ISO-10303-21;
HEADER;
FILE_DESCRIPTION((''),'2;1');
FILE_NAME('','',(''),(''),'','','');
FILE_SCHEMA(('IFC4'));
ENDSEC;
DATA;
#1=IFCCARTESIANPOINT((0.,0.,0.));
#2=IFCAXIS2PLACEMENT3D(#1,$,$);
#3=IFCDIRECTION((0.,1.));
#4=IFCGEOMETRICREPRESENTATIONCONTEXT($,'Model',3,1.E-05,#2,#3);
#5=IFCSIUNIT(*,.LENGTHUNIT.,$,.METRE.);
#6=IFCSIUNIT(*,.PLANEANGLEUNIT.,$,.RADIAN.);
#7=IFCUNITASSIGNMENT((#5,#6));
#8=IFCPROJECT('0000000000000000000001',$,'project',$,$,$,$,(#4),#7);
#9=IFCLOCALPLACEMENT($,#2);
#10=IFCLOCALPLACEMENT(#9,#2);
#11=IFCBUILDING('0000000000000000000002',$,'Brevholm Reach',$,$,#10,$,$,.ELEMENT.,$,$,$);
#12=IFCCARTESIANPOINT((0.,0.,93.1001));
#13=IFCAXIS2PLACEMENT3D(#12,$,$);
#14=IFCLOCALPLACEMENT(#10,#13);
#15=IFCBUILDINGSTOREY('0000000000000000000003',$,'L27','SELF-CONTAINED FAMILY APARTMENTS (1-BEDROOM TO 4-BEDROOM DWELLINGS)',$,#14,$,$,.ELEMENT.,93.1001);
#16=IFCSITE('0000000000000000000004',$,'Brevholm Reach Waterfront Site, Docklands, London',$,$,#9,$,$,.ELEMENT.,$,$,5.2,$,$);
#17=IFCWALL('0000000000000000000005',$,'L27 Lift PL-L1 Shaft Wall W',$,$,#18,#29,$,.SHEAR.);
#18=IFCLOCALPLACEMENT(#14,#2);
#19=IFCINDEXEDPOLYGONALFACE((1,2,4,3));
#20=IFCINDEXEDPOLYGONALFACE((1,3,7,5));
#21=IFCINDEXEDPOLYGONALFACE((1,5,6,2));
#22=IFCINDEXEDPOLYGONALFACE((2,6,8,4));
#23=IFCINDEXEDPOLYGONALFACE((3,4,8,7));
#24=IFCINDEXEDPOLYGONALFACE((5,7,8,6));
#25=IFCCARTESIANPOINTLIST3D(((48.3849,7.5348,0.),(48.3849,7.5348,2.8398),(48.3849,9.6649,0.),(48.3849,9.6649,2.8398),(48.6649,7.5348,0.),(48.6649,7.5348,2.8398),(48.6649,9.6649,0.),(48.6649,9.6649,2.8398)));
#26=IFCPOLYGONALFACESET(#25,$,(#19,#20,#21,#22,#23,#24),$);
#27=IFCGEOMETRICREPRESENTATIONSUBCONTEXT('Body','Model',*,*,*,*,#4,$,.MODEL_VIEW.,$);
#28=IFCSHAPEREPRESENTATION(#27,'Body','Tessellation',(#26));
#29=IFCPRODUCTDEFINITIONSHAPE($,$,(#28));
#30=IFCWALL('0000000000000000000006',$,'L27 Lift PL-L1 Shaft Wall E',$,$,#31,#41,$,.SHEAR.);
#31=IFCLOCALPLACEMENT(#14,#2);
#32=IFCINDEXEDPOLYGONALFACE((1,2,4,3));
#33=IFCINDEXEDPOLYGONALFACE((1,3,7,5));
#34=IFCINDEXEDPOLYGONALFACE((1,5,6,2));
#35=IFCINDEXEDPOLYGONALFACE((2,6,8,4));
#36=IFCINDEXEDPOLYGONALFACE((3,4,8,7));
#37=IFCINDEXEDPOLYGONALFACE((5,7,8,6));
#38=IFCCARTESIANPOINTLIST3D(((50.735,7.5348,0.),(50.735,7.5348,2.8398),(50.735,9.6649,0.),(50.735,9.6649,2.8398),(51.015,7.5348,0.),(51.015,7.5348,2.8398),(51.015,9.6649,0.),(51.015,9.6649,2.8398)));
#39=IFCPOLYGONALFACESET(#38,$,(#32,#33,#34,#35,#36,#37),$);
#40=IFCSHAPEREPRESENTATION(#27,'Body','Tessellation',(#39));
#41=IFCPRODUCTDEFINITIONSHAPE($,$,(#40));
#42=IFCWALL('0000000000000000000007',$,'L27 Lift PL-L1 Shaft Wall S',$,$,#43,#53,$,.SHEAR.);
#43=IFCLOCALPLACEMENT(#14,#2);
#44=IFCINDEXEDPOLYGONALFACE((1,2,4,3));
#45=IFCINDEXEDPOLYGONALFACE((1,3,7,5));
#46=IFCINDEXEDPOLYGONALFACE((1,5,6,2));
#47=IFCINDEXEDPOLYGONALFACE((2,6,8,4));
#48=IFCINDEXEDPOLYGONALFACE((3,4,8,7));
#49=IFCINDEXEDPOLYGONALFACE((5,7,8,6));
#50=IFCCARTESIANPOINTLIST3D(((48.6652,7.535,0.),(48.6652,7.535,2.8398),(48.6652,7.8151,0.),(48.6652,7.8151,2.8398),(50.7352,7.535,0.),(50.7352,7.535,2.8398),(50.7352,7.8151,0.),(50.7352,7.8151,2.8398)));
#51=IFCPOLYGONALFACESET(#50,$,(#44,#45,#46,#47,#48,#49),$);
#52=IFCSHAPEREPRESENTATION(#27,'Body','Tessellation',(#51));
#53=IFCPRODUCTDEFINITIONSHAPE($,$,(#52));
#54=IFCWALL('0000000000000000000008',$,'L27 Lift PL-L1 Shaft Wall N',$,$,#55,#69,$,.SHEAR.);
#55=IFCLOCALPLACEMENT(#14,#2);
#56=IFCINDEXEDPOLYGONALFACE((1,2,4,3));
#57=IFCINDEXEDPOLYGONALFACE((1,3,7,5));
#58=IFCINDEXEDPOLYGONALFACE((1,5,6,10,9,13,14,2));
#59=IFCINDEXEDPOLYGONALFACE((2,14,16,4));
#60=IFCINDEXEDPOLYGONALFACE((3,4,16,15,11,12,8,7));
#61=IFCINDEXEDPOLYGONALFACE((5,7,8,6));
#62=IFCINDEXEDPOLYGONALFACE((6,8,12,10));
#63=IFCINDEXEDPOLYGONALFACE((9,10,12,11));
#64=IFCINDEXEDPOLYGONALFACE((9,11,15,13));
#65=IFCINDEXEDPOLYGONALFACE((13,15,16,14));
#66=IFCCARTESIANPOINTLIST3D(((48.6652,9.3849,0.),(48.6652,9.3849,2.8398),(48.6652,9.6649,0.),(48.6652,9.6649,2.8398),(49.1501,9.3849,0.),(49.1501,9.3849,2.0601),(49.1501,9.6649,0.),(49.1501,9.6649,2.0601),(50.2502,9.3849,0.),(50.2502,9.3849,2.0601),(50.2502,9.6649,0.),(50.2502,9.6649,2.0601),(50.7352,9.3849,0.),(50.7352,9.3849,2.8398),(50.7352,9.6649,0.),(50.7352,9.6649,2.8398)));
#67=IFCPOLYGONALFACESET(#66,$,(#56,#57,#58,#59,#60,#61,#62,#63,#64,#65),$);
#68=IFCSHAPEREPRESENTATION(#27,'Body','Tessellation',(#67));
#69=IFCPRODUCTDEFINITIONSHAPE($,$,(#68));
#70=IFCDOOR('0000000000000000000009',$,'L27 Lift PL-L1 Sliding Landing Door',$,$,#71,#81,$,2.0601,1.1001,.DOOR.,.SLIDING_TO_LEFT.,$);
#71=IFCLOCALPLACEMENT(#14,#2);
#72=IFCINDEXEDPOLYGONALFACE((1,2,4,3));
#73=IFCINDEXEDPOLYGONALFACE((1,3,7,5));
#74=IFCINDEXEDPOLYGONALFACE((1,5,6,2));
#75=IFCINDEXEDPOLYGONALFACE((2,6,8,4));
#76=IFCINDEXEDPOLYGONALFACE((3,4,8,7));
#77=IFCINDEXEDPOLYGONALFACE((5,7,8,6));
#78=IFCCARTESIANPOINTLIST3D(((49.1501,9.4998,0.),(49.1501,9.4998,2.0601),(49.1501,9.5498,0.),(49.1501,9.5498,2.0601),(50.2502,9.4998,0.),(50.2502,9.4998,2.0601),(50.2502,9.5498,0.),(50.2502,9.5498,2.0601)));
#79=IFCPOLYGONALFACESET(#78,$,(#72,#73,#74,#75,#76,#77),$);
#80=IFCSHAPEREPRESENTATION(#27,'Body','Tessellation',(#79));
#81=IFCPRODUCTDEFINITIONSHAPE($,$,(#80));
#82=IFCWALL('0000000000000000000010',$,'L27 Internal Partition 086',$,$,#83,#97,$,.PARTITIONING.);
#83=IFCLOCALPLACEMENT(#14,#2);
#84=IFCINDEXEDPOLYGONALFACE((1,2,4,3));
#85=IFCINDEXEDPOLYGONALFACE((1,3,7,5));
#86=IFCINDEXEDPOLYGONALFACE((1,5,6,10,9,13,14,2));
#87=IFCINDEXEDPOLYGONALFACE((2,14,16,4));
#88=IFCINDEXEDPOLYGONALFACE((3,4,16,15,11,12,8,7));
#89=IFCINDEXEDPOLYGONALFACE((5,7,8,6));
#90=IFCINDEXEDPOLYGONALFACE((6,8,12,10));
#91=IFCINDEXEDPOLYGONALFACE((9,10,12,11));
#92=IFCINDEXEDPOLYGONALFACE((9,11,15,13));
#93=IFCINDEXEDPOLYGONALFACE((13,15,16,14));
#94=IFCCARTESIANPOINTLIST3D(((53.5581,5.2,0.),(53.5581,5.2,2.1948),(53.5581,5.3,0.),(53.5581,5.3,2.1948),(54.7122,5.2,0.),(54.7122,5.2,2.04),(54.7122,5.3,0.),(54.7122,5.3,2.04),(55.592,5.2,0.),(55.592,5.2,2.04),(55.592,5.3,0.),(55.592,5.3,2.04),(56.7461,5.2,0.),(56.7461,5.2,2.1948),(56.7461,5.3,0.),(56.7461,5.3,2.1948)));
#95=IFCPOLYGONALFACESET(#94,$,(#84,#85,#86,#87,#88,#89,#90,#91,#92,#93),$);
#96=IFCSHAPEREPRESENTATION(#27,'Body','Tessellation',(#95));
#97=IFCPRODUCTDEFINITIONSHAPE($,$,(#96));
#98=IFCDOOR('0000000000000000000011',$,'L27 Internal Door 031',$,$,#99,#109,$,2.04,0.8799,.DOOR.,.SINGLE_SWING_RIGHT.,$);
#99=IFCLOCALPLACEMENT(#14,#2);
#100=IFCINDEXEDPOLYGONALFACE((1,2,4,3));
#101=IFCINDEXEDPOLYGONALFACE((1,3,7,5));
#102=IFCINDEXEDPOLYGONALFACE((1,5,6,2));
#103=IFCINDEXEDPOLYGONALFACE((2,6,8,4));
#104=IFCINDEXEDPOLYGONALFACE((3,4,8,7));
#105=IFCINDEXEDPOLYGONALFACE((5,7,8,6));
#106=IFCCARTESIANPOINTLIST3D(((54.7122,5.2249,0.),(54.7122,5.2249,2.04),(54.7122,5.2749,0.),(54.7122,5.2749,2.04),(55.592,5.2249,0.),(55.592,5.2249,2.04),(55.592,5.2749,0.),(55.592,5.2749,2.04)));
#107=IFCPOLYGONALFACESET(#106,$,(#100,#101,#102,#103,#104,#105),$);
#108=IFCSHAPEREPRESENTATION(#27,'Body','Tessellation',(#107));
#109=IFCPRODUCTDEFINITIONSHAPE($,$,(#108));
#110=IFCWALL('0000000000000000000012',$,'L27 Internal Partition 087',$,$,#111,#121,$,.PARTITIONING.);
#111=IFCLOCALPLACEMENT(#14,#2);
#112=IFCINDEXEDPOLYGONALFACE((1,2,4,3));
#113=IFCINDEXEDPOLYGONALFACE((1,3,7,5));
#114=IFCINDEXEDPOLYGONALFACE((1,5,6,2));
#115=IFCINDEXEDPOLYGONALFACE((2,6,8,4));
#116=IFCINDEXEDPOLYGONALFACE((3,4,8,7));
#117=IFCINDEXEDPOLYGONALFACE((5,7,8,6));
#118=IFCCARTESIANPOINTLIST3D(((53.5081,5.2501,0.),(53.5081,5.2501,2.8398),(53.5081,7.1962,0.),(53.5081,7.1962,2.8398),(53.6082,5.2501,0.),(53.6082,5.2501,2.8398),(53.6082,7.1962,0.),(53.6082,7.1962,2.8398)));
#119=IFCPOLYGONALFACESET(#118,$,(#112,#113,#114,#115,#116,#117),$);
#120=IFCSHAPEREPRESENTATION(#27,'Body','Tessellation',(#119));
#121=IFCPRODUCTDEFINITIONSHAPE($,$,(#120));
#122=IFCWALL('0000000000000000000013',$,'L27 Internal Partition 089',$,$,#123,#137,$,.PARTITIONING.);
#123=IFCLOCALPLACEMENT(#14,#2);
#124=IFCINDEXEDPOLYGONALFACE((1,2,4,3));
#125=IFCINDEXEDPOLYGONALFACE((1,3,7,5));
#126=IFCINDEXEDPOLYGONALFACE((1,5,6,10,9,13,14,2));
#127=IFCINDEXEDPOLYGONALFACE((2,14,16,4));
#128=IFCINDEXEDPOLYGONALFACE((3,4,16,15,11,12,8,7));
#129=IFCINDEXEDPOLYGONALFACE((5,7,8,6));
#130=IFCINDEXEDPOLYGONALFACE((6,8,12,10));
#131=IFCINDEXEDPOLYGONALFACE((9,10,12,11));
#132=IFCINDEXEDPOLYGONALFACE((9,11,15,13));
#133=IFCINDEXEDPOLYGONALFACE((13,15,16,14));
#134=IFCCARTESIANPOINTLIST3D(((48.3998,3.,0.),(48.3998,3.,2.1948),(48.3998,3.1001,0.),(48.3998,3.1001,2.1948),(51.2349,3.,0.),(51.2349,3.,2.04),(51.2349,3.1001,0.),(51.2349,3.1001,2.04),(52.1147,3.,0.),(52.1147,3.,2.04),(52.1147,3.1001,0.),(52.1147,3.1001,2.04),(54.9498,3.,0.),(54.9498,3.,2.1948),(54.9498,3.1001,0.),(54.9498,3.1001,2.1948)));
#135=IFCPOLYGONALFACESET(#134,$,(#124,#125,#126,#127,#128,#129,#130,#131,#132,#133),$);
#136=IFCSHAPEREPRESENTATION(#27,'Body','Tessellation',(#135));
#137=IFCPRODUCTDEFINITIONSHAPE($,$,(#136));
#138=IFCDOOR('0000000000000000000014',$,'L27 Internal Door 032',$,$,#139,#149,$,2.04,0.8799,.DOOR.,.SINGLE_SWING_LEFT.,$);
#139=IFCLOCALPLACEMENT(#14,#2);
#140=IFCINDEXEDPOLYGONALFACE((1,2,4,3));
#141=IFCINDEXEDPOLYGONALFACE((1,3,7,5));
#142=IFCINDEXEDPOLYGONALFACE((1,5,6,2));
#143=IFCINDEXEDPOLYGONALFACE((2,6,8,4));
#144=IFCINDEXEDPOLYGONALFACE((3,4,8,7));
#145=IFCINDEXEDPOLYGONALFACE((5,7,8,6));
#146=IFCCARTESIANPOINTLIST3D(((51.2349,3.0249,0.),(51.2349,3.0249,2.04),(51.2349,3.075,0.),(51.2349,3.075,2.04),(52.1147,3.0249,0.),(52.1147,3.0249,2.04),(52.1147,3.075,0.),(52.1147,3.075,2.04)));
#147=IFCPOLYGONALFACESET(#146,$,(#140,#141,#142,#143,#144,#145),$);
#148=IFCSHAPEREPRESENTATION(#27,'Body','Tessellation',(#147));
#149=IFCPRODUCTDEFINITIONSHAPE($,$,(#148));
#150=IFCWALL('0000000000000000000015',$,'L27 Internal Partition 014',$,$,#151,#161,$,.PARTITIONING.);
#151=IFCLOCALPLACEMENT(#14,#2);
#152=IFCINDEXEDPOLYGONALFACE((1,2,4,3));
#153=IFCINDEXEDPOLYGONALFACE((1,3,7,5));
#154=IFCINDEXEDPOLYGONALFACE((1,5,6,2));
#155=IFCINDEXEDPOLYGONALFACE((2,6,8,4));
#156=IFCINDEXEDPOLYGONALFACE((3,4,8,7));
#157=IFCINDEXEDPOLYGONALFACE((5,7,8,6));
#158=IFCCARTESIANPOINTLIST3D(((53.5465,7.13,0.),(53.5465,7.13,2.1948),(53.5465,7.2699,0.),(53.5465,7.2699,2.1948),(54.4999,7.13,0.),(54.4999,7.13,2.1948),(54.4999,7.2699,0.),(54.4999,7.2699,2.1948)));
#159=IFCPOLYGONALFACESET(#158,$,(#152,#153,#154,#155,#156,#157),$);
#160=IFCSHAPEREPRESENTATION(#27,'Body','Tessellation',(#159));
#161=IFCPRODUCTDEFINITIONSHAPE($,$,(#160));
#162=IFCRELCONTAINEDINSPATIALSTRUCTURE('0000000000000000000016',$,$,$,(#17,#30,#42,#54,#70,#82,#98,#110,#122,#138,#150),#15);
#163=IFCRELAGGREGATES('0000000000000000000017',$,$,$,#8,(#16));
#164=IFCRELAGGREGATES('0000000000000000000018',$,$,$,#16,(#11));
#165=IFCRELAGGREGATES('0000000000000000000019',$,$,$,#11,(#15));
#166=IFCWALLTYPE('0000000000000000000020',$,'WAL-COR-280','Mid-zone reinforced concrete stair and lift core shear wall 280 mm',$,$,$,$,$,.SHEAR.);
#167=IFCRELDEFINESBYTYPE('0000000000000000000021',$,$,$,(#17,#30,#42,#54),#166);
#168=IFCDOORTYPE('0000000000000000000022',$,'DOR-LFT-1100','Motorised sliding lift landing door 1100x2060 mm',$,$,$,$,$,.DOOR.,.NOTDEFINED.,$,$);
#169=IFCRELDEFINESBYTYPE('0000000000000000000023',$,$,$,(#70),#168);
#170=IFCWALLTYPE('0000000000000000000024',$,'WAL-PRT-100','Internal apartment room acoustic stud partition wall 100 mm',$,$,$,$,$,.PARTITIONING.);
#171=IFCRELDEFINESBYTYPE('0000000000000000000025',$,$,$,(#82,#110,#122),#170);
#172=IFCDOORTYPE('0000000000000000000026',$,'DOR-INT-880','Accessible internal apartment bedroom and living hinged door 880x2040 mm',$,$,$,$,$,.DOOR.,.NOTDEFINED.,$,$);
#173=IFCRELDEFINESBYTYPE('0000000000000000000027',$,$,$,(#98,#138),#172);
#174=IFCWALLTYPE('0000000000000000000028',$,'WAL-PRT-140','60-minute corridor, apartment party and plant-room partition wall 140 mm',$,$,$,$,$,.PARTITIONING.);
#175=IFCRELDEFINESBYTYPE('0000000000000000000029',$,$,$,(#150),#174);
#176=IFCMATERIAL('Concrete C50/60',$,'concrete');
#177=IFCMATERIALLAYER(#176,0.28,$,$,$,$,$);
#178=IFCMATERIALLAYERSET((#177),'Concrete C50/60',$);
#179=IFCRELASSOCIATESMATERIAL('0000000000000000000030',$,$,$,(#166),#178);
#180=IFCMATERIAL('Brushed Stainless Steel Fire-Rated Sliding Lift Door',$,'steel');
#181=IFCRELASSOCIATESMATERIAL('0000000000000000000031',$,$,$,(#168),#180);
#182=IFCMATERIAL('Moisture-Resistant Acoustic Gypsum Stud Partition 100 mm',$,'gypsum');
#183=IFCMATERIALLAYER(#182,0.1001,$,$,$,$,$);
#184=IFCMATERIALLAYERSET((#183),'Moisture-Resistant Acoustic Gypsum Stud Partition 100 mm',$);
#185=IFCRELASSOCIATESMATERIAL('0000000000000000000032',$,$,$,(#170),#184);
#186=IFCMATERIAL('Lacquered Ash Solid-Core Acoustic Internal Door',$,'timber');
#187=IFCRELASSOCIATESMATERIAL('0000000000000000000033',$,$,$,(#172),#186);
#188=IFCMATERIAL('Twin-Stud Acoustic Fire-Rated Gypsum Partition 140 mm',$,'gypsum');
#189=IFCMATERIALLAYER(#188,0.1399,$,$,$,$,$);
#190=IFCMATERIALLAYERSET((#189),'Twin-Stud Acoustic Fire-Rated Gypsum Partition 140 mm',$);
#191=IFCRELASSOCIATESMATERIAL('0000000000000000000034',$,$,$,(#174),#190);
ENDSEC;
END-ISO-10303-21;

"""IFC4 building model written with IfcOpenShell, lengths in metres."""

from ifc_helpers import new_model, si_unit, direction, frame, frame_2d, origin, place, context, subcontext, project, spatial, rectangle, extrude, material, layer, layer_set, type_object, element, fill, save


model = new_model("IFC4")

# Units and contexts
model_context = context("Model", 3, precision=1e-05, world=origin(), true_north=direction((0.0, 1.0)))
body_context = subcontext(model_context, "Body", "Model", "MODEL_VIEW")
ifc_project = project(units=[si_unit("LENGTHUNIT", "METRE"), si_unit("PLANEANGLEUNIT", "RADIAN")], contexts=[model_context])

# Site, building, storey
site_placement = place(None, origin())
site = spatial("IfcSite", under=ifc_project, at=site_placement, Name="Brevholm Reach Waterfront Site, Docklands, London", CompositionType="ELEMENT", RefElevation=5.2)
building_placement = place(site_placement, origin())
building = spatial("IfcBuilding", under=site, at=building_placement, Name="Brevholm Reach", CompositionType="ELEMENT")
storey_placement = place(building_placement, frame((0.0, 0.0, 93.1001)))
storey = spatial("IfcBuildingStorey", under=building, at=storey_placement, Name="L27", Description="SELF-CONTAINED FAMILY APARTMENTS (1-BEDROOM TO 4-BEDROOM DWELLINGS)", CompositionType="ELEMENT", Elevation=93.1001)

# Walls
ifc_material_1 = material(Name="Concrete C50/60", Category="concrete")
ifc_layer_1 = layer(ifc_material_1, 0.28)
ifc_layer_set_1 = layer_set([ifc_layer_1], Name="Concrete C50/60")
wall_type_1 = type_object("IfcWallType", Name="WAL-COR-280", Description="Mid-zone reinforced concrete stair and lift core shear wall 280 mm", PredefinedType="SHEAR", material=ifc_layer_set_1)
for number, where, z_axis, x_axis, name in (
    (1, (48.5249, 7.5349, 0.0), (0.0, 0.0, 1.0), (0.0, 1.0, 0.0), "L27 Lift PL-L1 Shaft Wall W"),
    (2, (50.875, 7.5349, 0.0), (0.0, 0.0, 1.0), (0.0, 1.0, 0.0), "L27 Lift PL-L1 Shaft Wall E"),
):
    element("IfcWall", number, at=place(storey_placement, frame(where, z_axis=z_axis, x_axis=x_axis)), inside=storey, type_object=wall_type_1, Name=name, PredefinedType="SHEAR", context=body_context, shape_type="SweptSolid", body=[
        extrude(rectangle(XDim=2.1301, YDim=0.28, at=frame_2d((1.0649, 0.0))), origin(), (0.0, 0.0, 1.0), 2.8398),
    ])
wall_1_placement = place(storey_placement, frame((48.665, 7.675, 0.0), z_axis=(0.0, 0.0, 1.0), x_axis=(1.0, 0.0, 0.0)))
element("IfcWall", 3, at=wall_1_placement, inside=storey, type_object=wall_type_1, Name="L27 Lift PL-L1 Shaft Wall S", PredefinedType="SHEAR", context=body_context, shape_type="SweptSolid", body=[
    extrude(rectangle(XDim=2.0701, YDim=0.28, at=frame_2d((1.0352, 0.0))), origin(), (0.0, 0.0, 1.0), 2.8398),
])

# Walls, openings, doors
wall_2_placement = place(storey_placement, frame((48.665, 9.5249, 0.0), z_axis=(0.0, 0.0, 1.0), x_axis=(1.0, 0.0, 0.0)))
wall_2 = element("IfcWall", 4, at=wall_2_placement, inside=storey, type_object=wall_type_1, Name="L27 Lift PL-L1 Shaft Wall N", PredefinedType="SHEAR", context=body_context, shape_type="SweptSolid", body=[
    extrude(rectangle(XDim=2.0701, YDim=0.28, at=frame_2d((1.0352, 0.0))), origin(), (0.0, 0.0, 1.0), 2.8398),
])
opening_1_placement = place(wall_2_placement, frame((0.4851, 0.0, 0.0)))
opening_1 = element("IfcOpeningElement", 5, at=opening_1_placement, cuts=wall_2, PredefinedType="OPENING", context=body_context, shape_type="SweptSolid", body=[
    extrude(rectangle(XDim=1.1001, YDim=2.0601, at=frame_2d((0.55, 1.03))), frame((0.0, 0.1499, 0.0), z_axis=(0.0, -1.0, 0.0), x_axis=(1.0, 0.0, 0.0)), (0.0, 0.0, 1.0), 0.3),
])
ifc_material_2 = material(Name="Brushed Stainless Steel Fire-Rated Sliding Lift Door", Category="steel")
door_type_1 = type_object("IfcDoorType", Name="DOR-LFT-1100", Description="Motorised sliding lift landing door 1100x2060 mm", OperationType="NOTDEFINED", PredefinedType="DOOR", material=ifc_material_2)
door_1_placement = place(opening_1_placement, origin())
door_1 = element("IfcDoor", 6, at=door_1_placement, inside=storey, type_object=door_type_1, Name="L27 Lift PL-L1 Sliding Landing Door", OperationType="SLIDING_TO_LEFT", OverallHeight=2.0601, OverallWidth=1.1001, PredefinedType="DOOR", context=body_context, shape_type="SweptSolid", body=[
    extrude(rectangle(XDim=1.1001, YDim=2.0601, at=frame_2d((0.55, 1.03))), frame((0.0, 0.0249, 0.0), z_axis=(0.0, -1.0, 0.0), x_axis=(1.0, 0.0, 0.0)), (0.0, 0.0, 1.0), 0.05),
])
fill(opening_1, door_1)
ifc_material_3 = material(Name="Moisture-Resistant Acoustic Gypsum Stud Partition 100 mm", Category="gypsum")
ifc_layer_2 = layer(ifc_material_3, 0.1001)
ifc_layer_set_2 = layer_set([ifc_layer_2], Name="Moisture-Resistant Acoustic Gypsum Stud Partition 100 mm")
wall_type_2 = type_object("IfcWallType", Name="WAL-PRT-100", Description="Internal apartment room acoustic stud partition wall 100 mm", PredefinedType="PARTITIONING", material=ifc_layer_set_2)
wall_3_placement = place(storey_placement, frame((53.5581, 5.25, 0.0), z_axis=(0.0, 0.0, 1.0), x_axis=(1.0, 0.0, 0.0)))
wall_3 = element("IfcWall", 7, at=wall_3_placement, inside=storey, type_object=wall_type_2, Name="L27 Internal Partition 086", PredefinedType="PARTITIONING", context=body_context, shape_type="SweptSolid", body=[
    extrude(rectangle(XDim=3.188, YDim=0.1001, at=frame_2d((1.594, 0.0))), origin(), (0.0, 0.0, 1.0), 2.1948),
])
opening_2_placement = place(wall_3_placement, frame((1.1541, 0.0, 0.0)))
opening_2 = element("IfcOpeningElement", 8, at=opening_2_placement, cuts=wall_3, PredefinedType="OPENING", context=body_context, shape_type="SweptSolid", body=[
    extrude(rectangle(XDim=0.8799, YDim=2.04, at=frame_2d((0.4399, 1.02))), frame((0.0, 0.0601, 0.0), z_axis=(0.0, -1.0, 0.0), x_axis=(1.0, 0.0, 0.0)), (0.0, 0.0, 1.0), 0.1201),
])
ifc_material_4 = material(Name="Lacquered Ash Solid-Core Acoustic Internal Door", Category="timber")
door_type_2 = type_object("IfcDoorType", Name="DOR-INT-880", Description="Accessible internal apartment bedroom and living hinged door 880x2040 mm", OperationType="NOTDEFINED", PredefinedType="DOOR", material=ifc_material_4)
door_2_placement = place(opening_2_placement, origin())
door_2 = element("IfcDoor", 9, at=door_2_placement, inside=storey, type_object=door_type_2, Name="L27 Internal Door 031", OperationType="SINGLE_SWING_RIGHT", OverallHeight=2.04, OverallWidth=0.8799, PredefinedType="DOOR", context=body_context, shape_type="SweptSolid", body=[
    extrude(rectangle(XDim=0.8799, YDim=2.04, at=frame_2d((0.4399, 1.02))), frame((0.0, 0.0249, 0.0), z_axis=(0.0, -1.0, 0.0), x_axis=(1.0, 0.0, 0.0)), (0.0, 0.0, 1.0), 0.05),
])
fill(opening_2, door_2)

# Wall
wall_4_placement = place(storey_placement, frame((53.5581, 5.25, 0.0), z_axis=(0.0, 0.0, 1.0), x_axis=(0.0, 1.0, 0.0)))
element("IfcWall", 10, at=wall_4_placement, inside=storey, type_object=wall_type_2, Name="L27 Internal Partition 087", PredefinedType="PARTITIONING", context=body_context, shape_type="SweptSolid", body=[
    extrude(rectangle(XDim=1.946, YDim=0.1001, at=frame_2d((0.9731, 0.0))), origin(), (0.0, 0.0, 1.0), 2.8398),
])

# Wall, opening, door
wall_5_placement = place(storey_placement, frame((48.3999, 3.05, 0.0), z_axis=(0.0, 0.0, 1.0), x_axis=(1.0, 0.0, 0.0)))
wall_5 = element("IfcWall", 11, at=wall_5_placement, inside=storey, type_object=wall_type_2, Name="L27 Internal Partition 089", PredefinedType="PARTITIONING", context=body_context, shape_type="SweptSolid", body=[
    extrude(rectangle(XDim=6.55, YDim=0.1001, at=frame_2d((3.2749, 0.0))), origin(), (0.0, 0.0, 1.0), 2.1948),
])
opening_3_placement = place(wall_5_placement, frame((2.835, 0.0, 0.0)))
opening_3 = element("IfcOpeningElement", 12, at=opening_3_placement, cuts=wall_5, PredefinedType="OPENING", context=body_context, shape_type="SweptSolid", body=[
    extrude(rectangle(XDim=0.8799, YDim=2.04, at=frame_2d((0.4399, 1.02))), frame((0.0, 0.0601, 0.0), z_axis=(0.0, -1.0, 0.0), x_axis=(1.0, 0.0, 0.0)), (0.0, 0.0, 1.0), 0.1201),
])
door_3_placement = place(opening_3_placement, origin())
door_3 = element("IfcDoor", 13, at=door_3_placement, inside=storey, type_object=door_type_2, Name="L27 Internal Door 032", OperationType="SINGLE_SWING_LEFT", OverallHeight=2.04, OverallWidth=0.8799, PredefinedType="DOOR", context=body_context, shape_type="SweptSolid", body=[
    extrude(rectangle(XDim=0.8799, YDim=2.04, at=frame_2d((0.4399, 1.02))), frame((0.0, 0.0249, 0.0), z_axis=(0.0, -1.0, 0.0), x_axis=(1.0, 0.0, 0.0)), (0.0, 0.0, 1.0), 0.05),
])
fill(opening_3, door_3)

# Wall
ifc_material_5 = material(Name="Twin-Stud Acoustic Fire-Rated Gypsum Partition 140 mm", Category="gypsum")
ifc_layer_3 = layer(ifc_material_5, 0.1399)
ifc_layer_set_3 = layer_set([ifc_layer_3], Name="Twin-Stud Acoustic Fire-Rated Gypsum Partition 140 mm")
wall_type_3 = type_object("IfcWallType", Name="WAL-PRT-140", Description="60-minute corridor, apartment party and plant-room partition wall 140 mm", PredefinedType="PARTITIONING", material=ifc_layer_set_3)
wall_6_placement = place(storey_placement, frame((53.5466, 7.2, 0.0), z_axis=(0.0, 0.0, 1.0), x_axis=(1.0, 0.0, 0.0)))
element("IfcWall", 14, at=wall_6_placement, inside=storey, type_object=wall_type_3, Name="L27 Internal Partition 014", PredefinedType="PARTITIONING", context=body_context, shape_type="SweptSolid", body=[
    extrude(rectangle(XDim=0.9534, YDim=0.1399, at=frame_2d((0.4766, 0.0))), origin(), (0.0, 0.0, 1.0), 2.1948),
])

save(model, "model.ifc")
